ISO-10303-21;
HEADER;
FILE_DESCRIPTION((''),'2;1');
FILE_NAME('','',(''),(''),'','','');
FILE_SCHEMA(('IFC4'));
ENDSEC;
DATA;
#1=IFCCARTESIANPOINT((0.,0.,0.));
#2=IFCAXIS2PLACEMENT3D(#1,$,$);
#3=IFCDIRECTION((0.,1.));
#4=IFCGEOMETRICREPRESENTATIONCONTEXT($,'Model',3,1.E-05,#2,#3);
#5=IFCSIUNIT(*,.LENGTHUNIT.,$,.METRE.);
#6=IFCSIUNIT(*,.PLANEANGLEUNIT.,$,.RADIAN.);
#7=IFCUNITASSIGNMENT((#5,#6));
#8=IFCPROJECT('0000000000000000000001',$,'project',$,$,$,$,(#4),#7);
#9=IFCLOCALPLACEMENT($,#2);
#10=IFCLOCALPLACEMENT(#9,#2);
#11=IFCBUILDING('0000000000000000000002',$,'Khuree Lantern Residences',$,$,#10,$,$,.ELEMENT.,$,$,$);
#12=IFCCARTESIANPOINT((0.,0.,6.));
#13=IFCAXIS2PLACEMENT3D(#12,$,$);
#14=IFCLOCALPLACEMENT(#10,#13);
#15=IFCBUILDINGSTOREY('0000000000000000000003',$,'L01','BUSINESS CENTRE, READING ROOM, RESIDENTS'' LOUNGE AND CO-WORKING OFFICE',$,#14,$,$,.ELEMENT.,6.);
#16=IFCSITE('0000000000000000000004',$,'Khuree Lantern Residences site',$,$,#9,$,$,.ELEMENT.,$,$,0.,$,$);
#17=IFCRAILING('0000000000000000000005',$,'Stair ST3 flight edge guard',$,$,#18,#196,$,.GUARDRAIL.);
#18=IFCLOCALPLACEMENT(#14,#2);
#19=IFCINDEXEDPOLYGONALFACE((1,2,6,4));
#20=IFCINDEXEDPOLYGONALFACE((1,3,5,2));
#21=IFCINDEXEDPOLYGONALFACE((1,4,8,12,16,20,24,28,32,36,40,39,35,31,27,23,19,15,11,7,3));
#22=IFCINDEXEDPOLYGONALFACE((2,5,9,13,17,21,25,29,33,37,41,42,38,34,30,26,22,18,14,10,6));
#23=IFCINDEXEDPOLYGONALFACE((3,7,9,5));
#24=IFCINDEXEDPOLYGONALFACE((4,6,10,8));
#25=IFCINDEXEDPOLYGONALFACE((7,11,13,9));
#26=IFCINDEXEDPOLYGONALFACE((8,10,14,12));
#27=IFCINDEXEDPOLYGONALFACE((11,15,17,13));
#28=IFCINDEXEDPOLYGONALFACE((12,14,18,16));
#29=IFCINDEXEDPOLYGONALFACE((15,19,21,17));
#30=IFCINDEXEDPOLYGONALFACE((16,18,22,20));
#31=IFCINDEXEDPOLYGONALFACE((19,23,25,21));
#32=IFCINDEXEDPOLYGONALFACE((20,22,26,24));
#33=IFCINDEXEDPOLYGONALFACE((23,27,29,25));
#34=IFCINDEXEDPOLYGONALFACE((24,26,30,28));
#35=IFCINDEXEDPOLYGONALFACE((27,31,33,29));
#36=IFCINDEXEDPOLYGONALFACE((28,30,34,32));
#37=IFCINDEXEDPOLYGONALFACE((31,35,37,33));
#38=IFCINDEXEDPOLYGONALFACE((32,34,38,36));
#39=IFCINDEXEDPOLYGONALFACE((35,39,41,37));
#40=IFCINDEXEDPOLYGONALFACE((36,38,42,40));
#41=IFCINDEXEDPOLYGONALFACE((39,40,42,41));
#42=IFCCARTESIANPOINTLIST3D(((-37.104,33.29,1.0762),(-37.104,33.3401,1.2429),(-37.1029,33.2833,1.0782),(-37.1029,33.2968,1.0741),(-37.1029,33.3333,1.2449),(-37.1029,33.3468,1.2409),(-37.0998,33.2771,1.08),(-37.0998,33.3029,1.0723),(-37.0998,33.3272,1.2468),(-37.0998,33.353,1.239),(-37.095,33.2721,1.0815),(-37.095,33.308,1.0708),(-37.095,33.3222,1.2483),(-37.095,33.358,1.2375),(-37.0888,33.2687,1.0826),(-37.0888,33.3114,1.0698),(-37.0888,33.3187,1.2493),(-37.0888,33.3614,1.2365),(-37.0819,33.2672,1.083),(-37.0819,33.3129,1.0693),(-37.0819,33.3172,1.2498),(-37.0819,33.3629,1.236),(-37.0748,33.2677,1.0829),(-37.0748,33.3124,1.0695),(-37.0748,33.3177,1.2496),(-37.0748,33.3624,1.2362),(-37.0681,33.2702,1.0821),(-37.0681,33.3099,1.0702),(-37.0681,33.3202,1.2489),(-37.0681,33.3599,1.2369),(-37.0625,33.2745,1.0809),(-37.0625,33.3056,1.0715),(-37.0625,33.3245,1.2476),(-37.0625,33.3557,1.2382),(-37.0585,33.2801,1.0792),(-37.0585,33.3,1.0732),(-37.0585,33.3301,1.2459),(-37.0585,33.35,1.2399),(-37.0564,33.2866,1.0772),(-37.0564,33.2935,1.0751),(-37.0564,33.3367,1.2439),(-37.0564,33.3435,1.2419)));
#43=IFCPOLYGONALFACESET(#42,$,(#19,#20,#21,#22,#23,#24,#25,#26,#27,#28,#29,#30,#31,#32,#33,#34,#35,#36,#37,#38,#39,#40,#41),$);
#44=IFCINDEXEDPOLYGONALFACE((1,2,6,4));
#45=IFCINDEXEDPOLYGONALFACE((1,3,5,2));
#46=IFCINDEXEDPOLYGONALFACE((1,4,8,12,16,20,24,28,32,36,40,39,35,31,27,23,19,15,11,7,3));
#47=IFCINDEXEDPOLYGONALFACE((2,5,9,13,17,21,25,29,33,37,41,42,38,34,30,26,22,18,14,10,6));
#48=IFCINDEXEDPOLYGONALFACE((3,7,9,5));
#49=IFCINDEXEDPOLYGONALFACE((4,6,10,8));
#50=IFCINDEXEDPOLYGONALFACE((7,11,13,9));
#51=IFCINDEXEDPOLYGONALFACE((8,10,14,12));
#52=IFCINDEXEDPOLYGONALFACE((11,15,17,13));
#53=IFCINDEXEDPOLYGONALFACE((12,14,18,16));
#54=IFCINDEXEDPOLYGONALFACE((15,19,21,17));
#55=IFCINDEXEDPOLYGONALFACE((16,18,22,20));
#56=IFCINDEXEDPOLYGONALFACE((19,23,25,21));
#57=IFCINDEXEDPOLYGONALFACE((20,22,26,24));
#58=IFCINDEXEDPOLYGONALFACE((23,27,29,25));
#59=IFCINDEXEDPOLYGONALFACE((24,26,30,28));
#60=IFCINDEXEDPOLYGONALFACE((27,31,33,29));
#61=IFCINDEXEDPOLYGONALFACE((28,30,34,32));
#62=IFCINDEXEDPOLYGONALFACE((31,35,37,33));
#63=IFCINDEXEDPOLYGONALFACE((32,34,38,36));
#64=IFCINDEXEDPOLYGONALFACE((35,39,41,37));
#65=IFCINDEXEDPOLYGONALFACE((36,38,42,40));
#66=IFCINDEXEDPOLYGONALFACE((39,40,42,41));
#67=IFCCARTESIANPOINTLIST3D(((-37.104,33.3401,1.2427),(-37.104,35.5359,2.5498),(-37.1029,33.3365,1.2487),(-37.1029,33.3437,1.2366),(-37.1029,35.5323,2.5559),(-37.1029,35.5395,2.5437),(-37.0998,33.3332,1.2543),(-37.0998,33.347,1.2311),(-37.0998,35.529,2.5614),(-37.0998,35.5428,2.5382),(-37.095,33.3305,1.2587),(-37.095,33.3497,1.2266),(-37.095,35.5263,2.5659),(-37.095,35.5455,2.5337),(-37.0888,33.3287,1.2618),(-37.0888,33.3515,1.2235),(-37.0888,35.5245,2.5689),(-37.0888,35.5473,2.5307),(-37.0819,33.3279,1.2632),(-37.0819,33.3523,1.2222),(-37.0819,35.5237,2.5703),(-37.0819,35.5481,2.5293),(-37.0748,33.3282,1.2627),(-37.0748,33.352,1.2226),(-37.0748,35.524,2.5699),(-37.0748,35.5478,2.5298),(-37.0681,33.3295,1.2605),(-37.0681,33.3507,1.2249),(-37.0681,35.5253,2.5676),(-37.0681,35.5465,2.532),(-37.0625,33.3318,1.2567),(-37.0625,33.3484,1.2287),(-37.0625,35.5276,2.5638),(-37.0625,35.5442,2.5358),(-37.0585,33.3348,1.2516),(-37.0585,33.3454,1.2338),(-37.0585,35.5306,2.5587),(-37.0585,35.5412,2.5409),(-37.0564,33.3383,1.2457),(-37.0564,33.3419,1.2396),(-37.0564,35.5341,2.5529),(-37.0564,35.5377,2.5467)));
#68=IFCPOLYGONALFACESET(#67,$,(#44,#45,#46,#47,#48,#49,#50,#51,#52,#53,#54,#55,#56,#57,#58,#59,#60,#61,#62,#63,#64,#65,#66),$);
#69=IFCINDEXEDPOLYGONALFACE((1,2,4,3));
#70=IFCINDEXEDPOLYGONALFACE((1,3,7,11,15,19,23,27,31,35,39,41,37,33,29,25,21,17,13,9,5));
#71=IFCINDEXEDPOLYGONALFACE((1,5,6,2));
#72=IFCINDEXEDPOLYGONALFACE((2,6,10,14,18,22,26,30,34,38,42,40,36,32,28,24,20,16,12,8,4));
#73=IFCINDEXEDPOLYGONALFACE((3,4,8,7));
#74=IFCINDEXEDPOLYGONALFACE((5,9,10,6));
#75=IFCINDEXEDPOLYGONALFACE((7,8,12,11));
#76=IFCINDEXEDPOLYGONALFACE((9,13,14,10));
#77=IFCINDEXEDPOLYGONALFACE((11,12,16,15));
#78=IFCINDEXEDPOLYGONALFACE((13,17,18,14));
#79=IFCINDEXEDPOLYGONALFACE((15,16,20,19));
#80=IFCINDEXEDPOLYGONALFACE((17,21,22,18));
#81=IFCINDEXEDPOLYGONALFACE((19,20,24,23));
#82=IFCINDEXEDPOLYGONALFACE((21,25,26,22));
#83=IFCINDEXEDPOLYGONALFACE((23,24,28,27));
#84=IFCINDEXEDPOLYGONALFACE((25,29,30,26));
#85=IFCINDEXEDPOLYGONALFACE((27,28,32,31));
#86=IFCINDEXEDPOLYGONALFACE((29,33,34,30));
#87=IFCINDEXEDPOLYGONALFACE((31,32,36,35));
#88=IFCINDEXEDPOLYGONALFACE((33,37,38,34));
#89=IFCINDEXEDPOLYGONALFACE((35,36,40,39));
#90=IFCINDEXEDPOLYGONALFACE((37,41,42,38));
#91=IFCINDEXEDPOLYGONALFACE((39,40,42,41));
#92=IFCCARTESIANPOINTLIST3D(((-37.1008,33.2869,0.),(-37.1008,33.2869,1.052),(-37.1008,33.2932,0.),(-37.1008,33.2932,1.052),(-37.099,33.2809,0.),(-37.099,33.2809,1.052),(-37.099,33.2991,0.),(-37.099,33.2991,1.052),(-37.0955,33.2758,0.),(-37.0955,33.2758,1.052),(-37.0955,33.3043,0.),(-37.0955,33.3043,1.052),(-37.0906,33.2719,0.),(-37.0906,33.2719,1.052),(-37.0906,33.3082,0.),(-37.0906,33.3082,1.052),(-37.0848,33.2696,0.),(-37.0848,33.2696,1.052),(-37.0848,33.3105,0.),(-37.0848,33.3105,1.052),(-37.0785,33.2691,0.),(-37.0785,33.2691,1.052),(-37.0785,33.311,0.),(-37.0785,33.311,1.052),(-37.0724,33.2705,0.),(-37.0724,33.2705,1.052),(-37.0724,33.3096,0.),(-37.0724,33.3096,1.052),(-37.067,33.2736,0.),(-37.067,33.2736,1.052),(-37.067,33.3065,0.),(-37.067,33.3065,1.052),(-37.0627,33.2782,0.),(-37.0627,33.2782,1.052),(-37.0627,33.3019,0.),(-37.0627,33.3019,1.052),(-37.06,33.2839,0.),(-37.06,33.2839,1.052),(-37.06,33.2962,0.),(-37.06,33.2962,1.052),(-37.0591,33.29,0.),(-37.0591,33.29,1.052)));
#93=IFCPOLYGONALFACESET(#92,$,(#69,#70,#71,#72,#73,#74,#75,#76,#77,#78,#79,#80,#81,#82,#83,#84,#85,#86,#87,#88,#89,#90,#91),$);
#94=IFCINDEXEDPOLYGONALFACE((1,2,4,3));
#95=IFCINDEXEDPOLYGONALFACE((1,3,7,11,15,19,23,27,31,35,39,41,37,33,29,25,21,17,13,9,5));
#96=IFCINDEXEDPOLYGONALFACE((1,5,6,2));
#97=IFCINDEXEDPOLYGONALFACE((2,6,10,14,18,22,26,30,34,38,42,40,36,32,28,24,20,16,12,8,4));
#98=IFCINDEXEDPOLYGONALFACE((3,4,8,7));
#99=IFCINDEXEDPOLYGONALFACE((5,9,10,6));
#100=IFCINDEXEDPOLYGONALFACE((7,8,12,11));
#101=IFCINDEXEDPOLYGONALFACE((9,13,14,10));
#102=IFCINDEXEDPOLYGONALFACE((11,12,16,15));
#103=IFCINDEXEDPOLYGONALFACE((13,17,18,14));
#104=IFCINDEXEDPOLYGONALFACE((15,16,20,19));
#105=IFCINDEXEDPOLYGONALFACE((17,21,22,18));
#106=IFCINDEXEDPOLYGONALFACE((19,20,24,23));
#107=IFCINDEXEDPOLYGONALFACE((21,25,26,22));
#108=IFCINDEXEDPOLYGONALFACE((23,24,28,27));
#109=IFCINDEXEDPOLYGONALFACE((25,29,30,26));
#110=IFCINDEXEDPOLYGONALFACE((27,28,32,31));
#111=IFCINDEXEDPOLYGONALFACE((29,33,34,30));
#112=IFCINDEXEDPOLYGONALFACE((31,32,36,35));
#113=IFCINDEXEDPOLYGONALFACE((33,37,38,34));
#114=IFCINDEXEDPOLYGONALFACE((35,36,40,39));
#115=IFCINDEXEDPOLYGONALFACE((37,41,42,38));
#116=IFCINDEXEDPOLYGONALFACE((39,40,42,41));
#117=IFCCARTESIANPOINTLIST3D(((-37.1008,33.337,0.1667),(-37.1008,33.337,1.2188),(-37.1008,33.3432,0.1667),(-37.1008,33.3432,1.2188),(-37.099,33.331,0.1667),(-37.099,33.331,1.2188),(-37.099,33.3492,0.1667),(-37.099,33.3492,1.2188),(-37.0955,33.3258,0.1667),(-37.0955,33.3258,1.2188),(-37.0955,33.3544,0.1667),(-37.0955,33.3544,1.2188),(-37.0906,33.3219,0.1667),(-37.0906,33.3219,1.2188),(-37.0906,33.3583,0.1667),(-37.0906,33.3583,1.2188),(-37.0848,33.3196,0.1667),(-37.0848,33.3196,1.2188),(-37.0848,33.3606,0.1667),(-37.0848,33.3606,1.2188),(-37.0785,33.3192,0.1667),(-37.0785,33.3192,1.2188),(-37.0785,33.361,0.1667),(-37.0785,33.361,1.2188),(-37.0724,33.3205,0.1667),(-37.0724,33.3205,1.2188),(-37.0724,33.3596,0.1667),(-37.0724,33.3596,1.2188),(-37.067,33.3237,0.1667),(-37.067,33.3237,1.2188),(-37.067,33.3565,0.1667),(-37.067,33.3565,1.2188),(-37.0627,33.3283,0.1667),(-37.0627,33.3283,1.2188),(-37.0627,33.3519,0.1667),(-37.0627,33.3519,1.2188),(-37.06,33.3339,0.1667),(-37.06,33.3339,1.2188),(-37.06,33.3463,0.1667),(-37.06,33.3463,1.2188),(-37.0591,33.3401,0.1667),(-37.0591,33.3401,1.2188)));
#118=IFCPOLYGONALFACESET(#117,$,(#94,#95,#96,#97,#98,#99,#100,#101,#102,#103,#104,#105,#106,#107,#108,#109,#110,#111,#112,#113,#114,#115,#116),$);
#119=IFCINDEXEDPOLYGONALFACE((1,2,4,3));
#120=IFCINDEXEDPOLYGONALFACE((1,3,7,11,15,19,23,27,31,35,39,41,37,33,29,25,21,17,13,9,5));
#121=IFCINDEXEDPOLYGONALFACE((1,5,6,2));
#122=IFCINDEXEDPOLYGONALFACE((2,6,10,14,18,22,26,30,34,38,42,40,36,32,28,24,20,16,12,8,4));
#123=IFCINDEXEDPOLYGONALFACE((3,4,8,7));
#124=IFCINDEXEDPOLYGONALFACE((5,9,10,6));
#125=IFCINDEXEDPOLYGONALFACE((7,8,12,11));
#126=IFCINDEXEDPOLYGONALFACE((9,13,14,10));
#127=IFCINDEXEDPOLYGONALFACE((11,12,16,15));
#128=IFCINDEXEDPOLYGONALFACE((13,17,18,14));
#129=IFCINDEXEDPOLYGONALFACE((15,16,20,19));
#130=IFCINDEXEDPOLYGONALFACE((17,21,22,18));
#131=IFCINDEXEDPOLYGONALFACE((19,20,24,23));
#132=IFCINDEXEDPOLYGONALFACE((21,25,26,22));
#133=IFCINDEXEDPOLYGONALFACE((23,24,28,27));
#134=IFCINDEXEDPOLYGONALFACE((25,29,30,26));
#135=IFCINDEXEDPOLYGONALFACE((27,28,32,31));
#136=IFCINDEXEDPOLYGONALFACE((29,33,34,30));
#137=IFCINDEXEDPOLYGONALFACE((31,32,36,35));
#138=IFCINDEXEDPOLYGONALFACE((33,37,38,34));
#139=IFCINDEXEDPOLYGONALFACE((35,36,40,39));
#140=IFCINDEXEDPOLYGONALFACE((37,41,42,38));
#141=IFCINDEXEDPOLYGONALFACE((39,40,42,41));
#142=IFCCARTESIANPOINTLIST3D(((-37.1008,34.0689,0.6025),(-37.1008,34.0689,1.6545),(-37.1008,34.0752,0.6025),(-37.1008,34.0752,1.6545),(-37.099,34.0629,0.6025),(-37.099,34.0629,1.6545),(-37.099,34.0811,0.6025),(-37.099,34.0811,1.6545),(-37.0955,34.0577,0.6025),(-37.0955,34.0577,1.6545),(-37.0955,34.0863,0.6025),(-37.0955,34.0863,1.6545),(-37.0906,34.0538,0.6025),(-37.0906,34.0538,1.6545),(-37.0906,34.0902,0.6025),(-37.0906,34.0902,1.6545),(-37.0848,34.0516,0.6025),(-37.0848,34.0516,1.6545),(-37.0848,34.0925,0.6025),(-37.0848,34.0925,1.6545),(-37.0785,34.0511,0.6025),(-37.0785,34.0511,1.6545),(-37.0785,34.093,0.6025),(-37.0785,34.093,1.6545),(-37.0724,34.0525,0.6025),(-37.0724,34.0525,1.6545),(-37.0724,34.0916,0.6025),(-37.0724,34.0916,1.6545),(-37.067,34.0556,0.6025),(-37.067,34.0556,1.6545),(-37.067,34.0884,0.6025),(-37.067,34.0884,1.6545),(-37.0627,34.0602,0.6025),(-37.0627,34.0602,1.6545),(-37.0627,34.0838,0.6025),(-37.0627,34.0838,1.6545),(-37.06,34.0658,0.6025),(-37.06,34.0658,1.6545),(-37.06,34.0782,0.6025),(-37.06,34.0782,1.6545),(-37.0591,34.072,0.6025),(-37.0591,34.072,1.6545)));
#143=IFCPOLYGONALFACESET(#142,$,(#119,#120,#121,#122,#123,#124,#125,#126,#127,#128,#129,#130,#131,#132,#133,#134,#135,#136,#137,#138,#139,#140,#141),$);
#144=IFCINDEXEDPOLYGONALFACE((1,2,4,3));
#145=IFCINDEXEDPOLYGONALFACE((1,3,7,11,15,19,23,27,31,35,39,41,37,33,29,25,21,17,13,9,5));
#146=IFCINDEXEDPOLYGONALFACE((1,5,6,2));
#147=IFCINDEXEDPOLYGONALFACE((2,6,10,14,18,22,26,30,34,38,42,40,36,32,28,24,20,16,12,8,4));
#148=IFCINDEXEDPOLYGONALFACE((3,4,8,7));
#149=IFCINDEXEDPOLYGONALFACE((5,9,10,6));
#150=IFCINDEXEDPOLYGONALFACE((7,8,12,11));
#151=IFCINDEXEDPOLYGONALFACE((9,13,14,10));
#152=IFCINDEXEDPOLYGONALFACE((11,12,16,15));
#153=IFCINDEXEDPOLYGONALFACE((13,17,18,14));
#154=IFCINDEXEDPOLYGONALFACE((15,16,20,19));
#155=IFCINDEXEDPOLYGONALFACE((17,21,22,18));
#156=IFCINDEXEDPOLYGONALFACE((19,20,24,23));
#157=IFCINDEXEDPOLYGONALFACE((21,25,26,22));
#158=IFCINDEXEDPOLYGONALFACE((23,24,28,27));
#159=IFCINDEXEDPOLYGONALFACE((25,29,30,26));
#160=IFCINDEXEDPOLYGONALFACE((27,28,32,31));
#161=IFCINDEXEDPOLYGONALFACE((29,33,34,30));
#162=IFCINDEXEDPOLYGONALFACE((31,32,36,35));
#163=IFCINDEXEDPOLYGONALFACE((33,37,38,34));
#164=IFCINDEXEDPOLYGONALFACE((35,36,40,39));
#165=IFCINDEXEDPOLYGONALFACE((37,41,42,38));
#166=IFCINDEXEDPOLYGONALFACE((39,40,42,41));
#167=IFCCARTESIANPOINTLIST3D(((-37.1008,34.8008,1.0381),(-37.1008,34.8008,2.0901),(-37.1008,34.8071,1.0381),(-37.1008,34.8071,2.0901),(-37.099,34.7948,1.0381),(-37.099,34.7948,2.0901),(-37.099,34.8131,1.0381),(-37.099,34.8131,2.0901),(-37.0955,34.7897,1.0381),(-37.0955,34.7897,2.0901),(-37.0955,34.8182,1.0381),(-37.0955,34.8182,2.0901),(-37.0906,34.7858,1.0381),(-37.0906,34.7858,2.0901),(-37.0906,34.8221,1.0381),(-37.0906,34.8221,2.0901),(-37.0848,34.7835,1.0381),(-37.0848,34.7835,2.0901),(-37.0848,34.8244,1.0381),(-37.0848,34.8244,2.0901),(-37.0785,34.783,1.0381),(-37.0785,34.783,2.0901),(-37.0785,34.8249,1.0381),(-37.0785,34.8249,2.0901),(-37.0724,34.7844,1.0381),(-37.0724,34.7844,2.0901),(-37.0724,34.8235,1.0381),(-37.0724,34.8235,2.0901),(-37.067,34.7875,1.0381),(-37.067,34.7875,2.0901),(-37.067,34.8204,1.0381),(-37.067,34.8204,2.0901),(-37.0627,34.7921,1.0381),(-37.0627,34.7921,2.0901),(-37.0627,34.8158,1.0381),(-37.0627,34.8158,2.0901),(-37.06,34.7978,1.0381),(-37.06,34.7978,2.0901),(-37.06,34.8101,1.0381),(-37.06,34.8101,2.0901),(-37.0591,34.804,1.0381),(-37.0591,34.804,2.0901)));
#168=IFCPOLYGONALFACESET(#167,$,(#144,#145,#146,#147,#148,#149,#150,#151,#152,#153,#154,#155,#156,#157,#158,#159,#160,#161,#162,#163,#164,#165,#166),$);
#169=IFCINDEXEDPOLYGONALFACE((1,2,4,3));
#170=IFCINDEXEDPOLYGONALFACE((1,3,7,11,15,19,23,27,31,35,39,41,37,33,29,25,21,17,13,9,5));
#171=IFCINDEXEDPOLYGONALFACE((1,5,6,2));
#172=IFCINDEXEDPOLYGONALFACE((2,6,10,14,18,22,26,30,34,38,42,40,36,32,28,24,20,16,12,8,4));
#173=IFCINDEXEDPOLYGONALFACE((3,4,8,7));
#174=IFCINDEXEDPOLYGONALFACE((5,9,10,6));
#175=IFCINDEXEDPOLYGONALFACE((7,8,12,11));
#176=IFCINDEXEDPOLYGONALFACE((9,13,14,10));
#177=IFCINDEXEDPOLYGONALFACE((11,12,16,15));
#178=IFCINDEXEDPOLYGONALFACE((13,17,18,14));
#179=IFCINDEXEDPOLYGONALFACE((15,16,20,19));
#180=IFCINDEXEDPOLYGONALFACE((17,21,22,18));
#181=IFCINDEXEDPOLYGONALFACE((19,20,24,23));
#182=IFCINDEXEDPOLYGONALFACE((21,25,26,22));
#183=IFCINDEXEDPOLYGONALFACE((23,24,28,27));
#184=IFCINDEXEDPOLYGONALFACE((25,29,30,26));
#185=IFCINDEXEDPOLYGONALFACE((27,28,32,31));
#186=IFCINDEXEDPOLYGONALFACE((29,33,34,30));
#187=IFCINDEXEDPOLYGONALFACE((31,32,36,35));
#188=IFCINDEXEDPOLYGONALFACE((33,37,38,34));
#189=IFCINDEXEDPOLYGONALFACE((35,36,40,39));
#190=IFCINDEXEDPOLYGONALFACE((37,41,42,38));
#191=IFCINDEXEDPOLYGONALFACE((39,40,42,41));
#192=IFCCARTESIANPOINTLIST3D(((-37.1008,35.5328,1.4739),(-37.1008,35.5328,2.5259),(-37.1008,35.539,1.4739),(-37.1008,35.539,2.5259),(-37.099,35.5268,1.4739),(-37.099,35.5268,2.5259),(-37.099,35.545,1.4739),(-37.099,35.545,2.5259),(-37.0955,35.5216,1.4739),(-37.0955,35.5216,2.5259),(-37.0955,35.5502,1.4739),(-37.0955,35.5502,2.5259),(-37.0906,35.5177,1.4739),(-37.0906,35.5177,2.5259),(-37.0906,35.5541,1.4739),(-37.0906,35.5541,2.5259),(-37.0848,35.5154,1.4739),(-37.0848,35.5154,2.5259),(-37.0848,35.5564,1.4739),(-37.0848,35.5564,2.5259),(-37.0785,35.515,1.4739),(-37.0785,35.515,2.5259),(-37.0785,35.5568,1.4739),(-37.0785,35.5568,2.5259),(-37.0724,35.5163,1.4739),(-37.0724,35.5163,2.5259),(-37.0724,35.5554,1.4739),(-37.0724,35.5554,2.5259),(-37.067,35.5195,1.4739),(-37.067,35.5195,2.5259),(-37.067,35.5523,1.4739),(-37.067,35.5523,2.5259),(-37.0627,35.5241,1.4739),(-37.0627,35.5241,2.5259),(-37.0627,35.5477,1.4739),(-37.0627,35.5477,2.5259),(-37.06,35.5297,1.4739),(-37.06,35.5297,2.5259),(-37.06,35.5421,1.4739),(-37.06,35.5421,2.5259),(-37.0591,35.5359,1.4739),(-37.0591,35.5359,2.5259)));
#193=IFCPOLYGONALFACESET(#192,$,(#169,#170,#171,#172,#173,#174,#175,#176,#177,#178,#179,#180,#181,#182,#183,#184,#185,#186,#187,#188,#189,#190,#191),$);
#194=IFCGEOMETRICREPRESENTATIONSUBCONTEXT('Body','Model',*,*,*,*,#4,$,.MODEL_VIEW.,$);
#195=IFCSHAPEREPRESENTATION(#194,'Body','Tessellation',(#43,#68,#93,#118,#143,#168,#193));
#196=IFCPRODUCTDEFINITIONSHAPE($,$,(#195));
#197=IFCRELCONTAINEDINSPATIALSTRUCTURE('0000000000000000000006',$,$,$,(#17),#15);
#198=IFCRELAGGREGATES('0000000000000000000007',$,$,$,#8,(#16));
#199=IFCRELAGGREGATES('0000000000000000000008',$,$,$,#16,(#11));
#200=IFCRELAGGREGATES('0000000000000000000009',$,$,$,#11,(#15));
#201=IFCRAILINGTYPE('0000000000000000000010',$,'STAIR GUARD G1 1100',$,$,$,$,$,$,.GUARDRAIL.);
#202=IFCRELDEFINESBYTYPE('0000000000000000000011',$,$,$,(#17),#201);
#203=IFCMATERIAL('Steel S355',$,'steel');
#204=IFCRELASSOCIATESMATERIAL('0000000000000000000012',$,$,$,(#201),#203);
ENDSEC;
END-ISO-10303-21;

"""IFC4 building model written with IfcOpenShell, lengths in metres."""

from ifc_helpers import new_model, si_unit, direction, frame, origin, origin_2d, place, context, subcontext, project, spatial, circle, extrude, material, type_object, element, save


model = new_model("IFC4")

# Units and contexts
model_context = context("Model", 3, precision=1e-05, world=origin(), true_north=direction((0.0, 1.0)))
body_context = subcontext(model_context, "Body", "Model", "MODEL_VIEW")
ifc_project = project(units=[si_unit("LENGTHUNIT", "METRE"), si_unit("PLANEANGLEUNIT", "RADIAN")], contexts=[model_context])

# Site, building, storey
site_placement = place(None, origin())
site = spatial("IfcSite", under=ifc_project, at=site_placement, Name="Khuree Lantern Residences site", CompositionType="ELEMENT", RefElevation=0.0)
building_placement = place(site_placement, origin())
building = spatial("IfcBuilding", under=site, at=building_placement, Name="Khuree Lantern Residences", CompositionType="ELEMENT")
storey_placement = place(building_placement, frame((0.0, 0.0, 6.0)))
storey = spatial("IfcBuildingStorey", under=building, at=storey_placement, Name="L01", Description="BUSINESS CENTRE, READING ROOM, RESIDENTS' LOUNGE AND CO-WORKING OFFICE", CompositionType="ELEMENT", Elevation=6.0)

# Railing
ifc_material_1 = material(Name="Steel S355", Category="steel")
railing_type_1 = type_object("IfcRailingType", Name="STAIR GUARD G1 1100", PredefinedType="GUARDRAIL", material=ifc_material_1)
railing_1_placement = place(storey_placement, frame((-37.0801, 33.29, 0.0)))
element("IfcRailing", 1, at=railing_1_placement, inside=storey, type_object=railing_type_1, Name="Stair ST3 flight edge guard", PredefinedType="GUARDRAIL", context=body_context, shape_type="SweptSolid", body=[
    extrude(circle(Radius=0.0239, at=origin_2d()), frame((0.0, 0.0, 1.0762), z_axis=(0.0, 0.287477, 0.957788), x_axis=(-1.0, 0.0, 0.0)), (0.0, 0.0, 1.0), 0.1741),
    extrude(circle(Radius=0.0239, at=origin_2d()), frame((0.0, 0.05, 1.2427), z_axis=(0.0, 0.859275, 0.511514), x_axis=(-1.0, 0.0, 0.0)), (0.0, 0.0, 1.0), 2.5554),
    extrude(circle(Radius=0.021, at=origin_2d()), origin(), (0.0, 0.0, 1.0), 1.052),
    extrude(circle(Radius=0.021, at=origin_2d()), frame((0.0, 0.05, 0.1667)), (0.0, 0.0, 1.0), 1.052),
    extrude(circle(Radius=0.021, at=origin_2d()), frame((0.0, 0.782, 0.6025)), (0.0, 0.0, 1.0), 1.052),
    extrude(circle(Radius=0.021, at=origin_2d()), frame((0.0, 1.5139, 1.0381)), (0.0, 0.0, 1.0), 1.052),
    extrude(circle(Radius=0.021, at=origin_2d()), frame((0.0, 2.2458, 1.4739)), (0.0, 0.0, 1.0), 1.052),
])

save(model, "model.ifc")
